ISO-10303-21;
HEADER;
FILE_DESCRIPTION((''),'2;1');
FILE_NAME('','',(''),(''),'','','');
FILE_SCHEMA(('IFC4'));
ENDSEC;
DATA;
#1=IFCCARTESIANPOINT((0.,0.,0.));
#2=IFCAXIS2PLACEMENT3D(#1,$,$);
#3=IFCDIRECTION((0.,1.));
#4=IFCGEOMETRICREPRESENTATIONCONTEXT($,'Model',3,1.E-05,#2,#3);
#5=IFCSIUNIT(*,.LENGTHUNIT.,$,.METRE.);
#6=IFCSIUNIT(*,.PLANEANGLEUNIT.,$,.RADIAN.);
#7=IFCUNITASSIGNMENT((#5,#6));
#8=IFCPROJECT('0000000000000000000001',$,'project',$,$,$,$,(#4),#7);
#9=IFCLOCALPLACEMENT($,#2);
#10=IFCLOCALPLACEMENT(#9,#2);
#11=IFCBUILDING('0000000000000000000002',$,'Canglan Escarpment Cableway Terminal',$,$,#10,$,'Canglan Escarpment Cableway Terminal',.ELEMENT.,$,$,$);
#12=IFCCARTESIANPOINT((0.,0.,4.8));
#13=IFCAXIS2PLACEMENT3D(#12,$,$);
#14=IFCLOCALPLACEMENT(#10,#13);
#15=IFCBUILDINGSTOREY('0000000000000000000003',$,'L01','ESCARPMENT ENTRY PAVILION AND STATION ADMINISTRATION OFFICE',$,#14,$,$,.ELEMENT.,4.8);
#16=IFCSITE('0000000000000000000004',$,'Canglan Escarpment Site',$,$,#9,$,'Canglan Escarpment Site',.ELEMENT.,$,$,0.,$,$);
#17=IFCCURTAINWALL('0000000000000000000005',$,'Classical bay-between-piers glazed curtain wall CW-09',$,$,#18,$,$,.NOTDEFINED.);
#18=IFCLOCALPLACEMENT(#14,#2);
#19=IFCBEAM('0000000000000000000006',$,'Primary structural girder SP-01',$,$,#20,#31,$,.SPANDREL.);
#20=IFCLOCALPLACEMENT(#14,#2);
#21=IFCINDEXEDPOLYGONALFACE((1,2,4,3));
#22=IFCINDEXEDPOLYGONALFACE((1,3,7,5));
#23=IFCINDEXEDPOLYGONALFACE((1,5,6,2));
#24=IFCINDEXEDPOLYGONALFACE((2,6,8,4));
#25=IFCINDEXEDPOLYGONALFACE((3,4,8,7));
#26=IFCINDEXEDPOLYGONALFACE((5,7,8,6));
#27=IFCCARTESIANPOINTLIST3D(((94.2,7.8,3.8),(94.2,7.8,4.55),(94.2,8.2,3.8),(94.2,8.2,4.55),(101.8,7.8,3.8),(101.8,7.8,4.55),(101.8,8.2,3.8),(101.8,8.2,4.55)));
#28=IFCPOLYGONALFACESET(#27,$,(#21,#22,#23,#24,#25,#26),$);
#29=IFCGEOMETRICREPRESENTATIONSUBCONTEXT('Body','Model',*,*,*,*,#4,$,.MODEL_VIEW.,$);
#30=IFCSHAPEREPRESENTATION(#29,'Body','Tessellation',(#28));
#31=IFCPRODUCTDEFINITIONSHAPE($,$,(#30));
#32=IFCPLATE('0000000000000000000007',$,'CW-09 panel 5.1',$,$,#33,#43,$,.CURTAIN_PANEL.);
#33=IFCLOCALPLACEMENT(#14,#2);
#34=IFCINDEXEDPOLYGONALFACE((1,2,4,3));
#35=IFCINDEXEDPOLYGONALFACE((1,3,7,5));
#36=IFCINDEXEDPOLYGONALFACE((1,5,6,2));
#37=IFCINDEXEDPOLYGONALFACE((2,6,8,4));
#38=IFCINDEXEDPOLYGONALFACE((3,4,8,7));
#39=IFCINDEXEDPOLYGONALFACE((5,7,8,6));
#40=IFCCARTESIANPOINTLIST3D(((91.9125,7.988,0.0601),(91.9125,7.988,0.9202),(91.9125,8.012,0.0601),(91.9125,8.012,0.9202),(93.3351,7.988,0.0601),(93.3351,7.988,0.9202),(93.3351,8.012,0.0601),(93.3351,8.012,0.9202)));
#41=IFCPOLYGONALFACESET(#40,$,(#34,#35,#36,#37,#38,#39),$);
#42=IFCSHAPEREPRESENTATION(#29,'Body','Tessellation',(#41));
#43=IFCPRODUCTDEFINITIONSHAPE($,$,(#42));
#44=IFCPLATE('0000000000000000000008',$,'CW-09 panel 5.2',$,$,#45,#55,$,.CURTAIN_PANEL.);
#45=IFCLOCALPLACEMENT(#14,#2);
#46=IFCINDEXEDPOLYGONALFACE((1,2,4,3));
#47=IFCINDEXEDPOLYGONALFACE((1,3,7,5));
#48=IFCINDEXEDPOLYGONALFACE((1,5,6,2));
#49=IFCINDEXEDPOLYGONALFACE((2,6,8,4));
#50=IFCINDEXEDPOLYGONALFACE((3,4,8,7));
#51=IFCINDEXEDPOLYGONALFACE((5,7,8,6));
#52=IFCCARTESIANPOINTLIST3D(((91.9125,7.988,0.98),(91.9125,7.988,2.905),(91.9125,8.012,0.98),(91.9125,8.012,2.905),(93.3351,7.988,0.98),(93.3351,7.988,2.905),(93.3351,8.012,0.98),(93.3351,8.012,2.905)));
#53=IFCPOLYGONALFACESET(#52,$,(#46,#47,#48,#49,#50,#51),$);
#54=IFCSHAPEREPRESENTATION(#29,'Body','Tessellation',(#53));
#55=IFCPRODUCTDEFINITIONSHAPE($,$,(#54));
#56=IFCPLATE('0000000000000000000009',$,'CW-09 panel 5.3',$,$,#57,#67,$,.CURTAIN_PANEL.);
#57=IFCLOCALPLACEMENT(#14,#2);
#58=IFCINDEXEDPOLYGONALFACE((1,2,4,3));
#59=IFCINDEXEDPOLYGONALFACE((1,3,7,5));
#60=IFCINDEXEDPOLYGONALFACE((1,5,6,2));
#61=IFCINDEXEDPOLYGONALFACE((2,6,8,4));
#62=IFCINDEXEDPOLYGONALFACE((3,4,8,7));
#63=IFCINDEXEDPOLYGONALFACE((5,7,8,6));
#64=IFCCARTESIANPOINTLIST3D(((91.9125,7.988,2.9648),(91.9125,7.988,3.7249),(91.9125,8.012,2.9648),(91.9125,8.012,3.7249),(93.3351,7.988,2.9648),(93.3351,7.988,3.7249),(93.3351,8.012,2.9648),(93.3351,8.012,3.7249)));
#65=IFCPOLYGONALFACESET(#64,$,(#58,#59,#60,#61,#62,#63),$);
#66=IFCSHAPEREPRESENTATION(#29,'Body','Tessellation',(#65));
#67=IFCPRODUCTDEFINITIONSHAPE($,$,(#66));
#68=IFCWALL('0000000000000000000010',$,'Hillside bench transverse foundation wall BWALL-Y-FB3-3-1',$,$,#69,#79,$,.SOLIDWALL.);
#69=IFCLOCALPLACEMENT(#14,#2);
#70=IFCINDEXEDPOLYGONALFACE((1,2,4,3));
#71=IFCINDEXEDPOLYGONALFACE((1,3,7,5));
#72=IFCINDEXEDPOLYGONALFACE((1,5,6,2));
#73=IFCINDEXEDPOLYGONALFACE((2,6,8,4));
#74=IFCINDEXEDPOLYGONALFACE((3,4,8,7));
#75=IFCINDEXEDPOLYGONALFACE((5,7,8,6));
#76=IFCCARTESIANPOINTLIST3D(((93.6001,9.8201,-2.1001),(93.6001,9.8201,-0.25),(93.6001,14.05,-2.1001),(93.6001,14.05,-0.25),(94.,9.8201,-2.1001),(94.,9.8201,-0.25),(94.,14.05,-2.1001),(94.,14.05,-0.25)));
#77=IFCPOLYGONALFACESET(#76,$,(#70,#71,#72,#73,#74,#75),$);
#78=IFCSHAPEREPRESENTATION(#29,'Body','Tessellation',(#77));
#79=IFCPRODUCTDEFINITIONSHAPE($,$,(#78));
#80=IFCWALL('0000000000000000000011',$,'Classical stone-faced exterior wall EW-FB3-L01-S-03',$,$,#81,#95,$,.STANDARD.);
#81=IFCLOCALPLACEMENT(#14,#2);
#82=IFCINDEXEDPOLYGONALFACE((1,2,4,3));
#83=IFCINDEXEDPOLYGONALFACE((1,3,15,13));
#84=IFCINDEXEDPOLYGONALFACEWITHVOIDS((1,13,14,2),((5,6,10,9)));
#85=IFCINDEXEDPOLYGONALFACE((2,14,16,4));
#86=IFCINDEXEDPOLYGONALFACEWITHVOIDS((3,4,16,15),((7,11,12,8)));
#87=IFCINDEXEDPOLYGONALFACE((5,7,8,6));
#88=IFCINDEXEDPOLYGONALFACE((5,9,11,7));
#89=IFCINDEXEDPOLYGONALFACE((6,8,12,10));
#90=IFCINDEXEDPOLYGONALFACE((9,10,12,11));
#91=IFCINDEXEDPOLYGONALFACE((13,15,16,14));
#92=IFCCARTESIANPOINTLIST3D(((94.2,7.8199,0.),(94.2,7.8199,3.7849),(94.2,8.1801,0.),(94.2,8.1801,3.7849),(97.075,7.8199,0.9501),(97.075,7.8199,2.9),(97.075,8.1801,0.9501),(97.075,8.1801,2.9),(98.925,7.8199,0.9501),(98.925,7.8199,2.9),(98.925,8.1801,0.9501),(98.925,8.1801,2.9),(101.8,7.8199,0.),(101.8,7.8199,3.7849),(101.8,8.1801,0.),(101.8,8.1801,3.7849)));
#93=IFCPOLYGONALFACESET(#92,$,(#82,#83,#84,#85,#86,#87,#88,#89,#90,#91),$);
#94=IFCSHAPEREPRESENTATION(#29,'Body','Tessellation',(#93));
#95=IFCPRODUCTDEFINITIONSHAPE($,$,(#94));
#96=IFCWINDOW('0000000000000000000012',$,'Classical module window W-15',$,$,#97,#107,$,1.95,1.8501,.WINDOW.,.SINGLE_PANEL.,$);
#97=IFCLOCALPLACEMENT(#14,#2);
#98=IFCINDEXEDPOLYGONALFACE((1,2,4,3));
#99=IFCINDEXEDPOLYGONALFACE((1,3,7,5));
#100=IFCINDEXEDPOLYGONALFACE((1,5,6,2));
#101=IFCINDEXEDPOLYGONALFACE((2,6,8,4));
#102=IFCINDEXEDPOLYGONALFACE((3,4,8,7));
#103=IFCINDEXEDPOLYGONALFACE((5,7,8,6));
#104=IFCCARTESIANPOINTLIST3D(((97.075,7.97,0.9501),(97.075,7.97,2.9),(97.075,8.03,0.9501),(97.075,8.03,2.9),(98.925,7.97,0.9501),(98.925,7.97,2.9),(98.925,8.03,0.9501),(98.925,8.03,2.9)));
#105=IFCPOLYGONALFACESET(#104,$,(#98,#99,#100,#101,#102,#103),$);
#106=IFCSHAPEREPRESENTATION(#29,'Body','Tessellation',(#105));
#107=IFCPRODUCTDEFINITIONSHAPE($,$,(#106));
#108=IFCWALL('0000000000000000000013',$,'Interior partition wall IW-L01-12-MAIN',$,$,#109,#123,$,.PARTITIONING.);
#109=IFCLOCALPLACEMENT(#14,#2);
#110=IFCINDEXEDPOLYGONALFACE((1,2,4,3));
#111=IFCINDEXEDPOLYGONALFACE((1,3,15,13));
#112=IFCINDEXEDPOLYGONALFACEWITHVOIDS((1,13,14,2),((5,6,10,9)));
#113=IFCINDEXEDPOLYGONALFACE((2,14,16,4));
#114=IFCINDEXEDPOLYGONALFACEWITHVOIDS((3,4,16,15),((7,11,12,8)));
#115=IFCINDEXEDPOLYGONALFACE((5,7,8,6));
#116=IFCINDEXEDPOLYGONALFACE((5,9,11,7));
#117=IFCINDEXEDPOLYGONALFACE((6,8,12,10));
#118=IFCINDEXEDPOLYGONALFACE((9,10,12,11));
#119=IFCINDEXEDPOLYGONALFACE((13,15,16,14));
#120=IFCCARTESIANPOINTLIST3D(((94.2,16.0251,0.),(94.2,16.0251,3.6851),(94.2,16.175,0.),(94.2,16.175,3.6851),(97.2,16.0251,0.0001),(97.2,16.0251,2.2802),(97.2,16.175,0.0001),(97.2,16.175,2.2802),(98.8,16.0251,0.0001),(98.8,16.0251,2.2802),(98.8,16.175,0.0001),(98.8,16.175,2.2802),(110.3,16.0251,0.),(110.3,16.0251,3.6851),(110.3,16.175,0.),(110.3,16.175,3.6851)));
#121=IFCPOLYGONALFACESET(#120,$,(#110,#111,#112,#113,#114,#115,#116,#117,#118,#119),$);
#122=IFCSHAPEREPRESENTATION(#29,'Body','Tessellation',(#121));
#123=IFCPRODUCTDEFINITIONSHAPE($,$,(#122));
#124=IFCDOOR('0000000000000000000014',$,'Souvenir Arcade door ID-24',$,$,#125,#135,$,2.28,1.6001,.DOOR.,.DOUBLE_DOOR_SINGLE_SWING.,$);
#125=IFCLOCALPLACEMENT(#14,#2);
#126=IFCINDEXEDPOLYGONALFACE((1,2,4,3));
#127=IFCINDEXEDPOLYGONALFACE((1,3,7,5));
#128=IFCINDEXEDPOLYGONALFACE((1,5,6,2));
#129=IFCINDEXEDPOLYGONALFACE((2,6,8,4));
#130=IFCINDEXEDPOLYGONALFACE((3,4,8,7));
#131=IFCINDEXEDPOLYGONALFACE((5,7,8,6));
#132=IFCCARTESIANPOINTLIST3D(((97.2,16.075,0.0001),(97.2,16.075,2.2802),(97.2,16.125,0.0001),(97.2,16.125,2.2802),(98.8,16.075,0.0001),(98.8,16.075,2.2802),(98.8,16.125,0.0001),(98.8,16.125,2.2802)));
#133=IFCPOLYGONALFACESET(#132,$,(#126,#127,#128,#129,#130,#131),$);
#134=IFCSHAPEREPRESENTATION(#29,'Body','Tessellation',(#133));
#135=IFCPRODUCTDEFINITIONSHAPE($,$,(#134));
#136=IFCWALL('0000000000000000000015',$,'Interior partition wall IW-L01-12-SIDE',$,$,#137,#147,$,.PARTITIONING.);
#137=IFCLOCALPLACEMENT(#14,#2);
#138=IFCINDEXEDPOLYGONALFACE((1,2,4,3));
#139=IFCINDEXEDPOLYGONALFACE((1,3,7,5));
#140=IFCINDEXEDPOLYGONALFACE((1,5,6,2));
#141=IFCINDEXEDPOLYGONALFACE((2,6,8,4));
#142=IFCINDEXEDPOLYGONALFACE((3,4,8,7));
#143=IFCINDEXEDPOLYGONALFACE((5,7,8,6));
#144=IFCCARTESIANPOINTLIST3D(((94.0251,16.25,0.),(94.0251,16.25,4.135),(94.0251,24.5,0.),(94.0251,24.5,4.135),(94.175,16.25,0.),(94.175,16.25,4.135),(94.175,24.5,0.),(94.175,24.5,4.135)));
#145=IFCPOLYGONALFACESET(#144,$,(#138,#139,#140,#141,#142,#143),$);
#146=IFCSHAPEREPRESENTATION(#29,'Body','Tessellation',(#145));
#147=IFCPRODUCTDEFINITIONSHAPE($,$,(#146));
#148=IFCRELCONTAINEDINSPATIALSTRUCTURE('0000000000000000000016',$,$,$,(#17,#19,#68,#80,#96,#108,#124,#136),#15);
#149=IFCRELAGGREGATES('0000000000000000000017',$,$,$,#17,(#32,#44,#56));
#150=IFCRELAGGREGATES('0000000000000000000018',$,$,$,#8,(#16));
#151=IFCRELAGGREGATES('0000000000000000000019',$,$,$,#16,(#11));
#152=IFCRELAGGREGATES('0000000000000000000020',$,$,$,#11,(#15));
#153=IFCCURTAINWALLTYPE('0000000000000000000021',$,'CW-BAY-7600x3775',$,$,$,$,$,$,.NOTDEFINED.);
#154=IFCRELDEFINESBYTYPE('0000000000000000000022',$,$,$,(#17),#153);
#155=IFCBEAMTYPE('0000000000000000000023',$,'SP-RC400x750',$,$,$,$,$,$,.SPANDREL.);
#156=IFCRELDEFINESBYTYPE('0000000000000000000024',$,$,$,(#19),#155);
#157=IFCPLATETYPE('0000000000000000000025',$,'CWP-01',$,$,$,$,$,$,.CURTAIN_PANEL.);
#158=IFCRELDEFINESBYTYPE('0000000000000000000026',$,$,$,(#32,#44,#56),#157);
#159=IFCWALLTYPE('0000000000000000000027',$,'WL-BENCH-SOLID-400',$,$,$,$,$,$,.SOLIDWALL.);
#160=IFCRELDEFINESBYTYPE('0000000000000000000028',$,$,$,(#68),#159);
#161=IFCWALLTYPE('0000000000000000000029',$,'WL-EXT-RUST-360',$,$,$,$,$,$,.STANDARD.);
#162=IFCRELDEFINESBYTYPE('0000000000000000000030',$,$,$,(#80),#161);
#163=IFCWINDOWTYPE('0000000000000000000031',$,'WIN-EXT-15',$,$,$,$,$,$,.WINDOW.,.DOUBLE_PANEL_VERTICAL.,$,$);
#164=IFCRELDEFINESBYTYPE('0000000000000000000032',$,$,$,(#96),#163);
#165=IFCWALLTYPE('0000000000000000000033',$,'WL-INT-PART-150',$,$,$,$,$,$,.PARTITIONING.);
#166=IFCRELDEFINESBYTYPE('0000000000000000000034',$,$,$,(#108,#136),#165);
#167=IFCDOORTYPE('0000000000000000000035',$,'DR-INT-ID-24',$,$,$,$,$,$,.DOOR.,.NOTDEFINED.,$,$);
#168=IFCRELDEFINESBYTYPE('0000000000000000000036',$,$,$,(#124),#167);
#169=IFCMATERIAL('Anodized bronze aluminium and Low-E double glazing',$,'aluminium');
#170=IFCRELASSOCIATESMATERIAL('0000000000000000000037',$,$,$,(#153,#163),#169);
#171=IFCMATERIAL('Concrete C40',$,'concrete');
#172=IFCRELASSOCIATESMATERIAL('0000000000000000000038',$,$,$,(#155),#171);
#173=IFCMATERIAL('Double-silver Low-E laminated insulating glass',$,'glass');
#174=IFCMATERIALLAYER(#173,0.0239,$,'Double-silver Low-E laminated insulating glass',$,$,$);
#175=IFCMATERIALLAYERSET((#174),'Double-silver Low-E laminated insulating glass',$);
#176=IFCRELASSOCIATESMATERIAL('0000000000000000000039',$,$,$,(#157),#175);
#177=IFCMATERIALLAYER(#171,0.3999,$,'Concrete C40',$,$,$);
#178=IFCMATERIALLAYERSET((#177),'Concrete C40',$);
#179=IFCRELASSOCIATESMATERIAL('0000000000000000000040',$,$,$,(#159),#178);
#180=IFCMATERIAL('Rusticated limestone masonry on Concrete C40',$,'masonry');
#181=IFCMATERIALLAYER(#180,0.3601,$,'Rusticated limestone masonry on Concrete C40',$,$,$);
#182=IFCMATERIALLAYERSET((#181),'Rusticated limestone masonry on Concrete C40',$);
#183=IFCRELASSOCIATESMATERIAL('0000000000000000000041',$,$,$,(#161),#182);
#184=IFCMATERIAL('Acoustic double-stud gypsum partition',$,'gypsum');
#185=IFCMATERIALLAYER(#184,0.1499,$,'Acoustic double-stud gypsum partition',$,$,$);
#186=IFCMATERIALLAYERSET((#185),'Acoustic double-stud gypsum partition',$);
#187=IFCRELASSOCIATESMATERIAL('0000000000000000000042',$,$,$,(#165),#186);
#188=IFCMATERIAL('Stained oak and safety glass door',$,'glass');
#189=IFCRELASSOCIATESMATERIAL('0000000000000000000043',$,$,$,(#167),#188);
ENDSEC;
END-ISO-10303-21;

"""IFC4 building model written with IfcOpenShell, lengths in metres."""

from ifc_helpers import new_model, si_unit, direction, frame, frame_2d, origin, origin_2d, place, context, subcontext, project, spatial, rectangle, extrude, material, layer, layer_set, material_profile, profile_set, type_object, element, fill, aggregate, save


model = new_model("IFC4")

# Units and contexts
model_context = context("Model", 3, precision=1e-05, world=origin(), true_north=direction((0.0, 1.0)))
body_context = subcontext(model_context, "Body", "Model", "MODEL_VIEW")
ifc_project = project(units=[si_unit("LENGTHUNIT", "METRE"), si_unit("PLANEANGLEUNIT", "RADIAN")], contexts=[model_context])

# Site, building, storey
site_placement = place(None, origin())
site = spatial("IfcSite", under=ifc_project, at=site_placement, Name="Canglan Escarpment Site", LongName="Canglan Escarpment Site", CompositionType="ELEMENT", RefElevation=0.0)
building_placement = place(site_placement, origin())
building = spatial("IfcBuilding", under=site, at=building_placement, Name="Canglan Escarpment Cableway Terminal", LongName="Canglan Escarpment Cableway Terminal", CompositionType="ELEMENT")
storey_placement = place(building_placement, frame((0.0, 0.0, 4.8)))
storey = spatial("IfcBuildingStorey", under=building, at=storey_placement, Name="L01", Description="ESCARPMENT ENTRY PAVILION AND STATION ADMINISTRATION OFFICE", CompositionType="ELEMENT", Elevation=4.8)

# Shared definitions
ifc_material_1 = material(Name="Concrete C40", Category="concrete")

# Curtain wall
ifc_material_2 = material(Name="Anodized bronze aluminium and Low-E double glazing", Category="aluminium")
curtain_wall_type = type_object("IfcCurtainWallType", Name="CW-BAY-7600x3775", PredefinedType="NOTDEFINED", material=ifc_material_2)
curtain_wall_placement = place(storey_placement, origin())
curtain_wall = element("IfcCurtainWall", 1, at=curtain_wall_placement, inside=storey, type_object=curtain_wall_type, Name="Classical bay-between-piers glazed curtain wall CW-09", PredefinedType="NOTDEFINED")

# Beam
ifc_material_profile_1 = material_profile(ifc_material_1, rectangle(XDim=0.3999, YDim=0.75, at=origin_2d()), Name="RC 400x750")
ifc_profile_set_1 = profile_set([ifc_material_profile_1], Name="Concrete C40")
beam_type = type_object("IfcBeamType", Name="SP-RC400x750", PredefinedType="SPANDREL", material=ifc_profile_set_1)
beam_placement = place(storey_placement, frame((94.2, 8.0, 4.175), z_axis=(1.0, 0.0, 0.0), x_axis=(0.0, 1.0, 0.0)))
element("IfcBeam", 2, at=beam_placement, inside=storey, type_object=beam_type, Name="Primary structural girder SP-01", PredefinedType="SPANDREL", context=body_context, shape_type="SweptSolid", body=[
    extrude(rectangle(XDim=0.3999, YDim=0.75, at=origin_2d()), origin(), (0.0, 0.0, 1.0), 7.6001),
])

# Plates
ifc_material_3 = material(Name="Double-silver Low-E laminated insulating glass", Category="glass")
ifc_layer_1 = layer(ifc_material_3, 0.0239, Name="Double-silver Low-E laminated insulating glass")
ifc_layer_set_1 = layer_set([ifc_layer_1], Name="Double-silver Low-E laminated insulating glass")
plate_type = type_object("IfcPlateType", Name="CWP-01", PredefinedType="CURTAIN_PANEL", material=ifc_layer_set_1)
plate_1_placement = place(storey_placement, frame((92.6238, 8.0, 0.0601), z_axis=(0.0, 0.0, 1.0), x_axis=(1.0, 0.0, 0.0)))
plate_1 = element("IfcPlate", 3, at=plate_1_placement, type_object=plate_type, Name="CW-09 panel 5.1", PredefinedType="CURTAIN_PANEL", context=body_context, shape_type="SweptSolid", body=[
    extrude(rectangle(XDim=1.4226, YDim=0.0239, at=origin_2d()), origin(), (0.0, 0.0, 1.0), 0.8601),
])
plate_2_placement = place(storey_placement, frame((92.6238, 8.0, 0.98), z_axis=(0.0, 0.0, 1.0), x_axis=(1.0, 0.0, 0.0)))
plate_2 = element("IfcPlate", 4, at=plate_2_placement, type_object=plate_type, Name="CW-09 panel 5.2", PredefinedType="CURTAIN_PANEL", context=body_context, shape_type="SweptSolid", body=[
    extrude(rectangle(XDim=1.4226, YDim=0.0239, at=origin_2d()), origin(), (0.0, 0.0, 1.0), 1.925),
])
plate_3_placement = place(storey_placement, frame((92.6238, 8.0, 2.9648), z_axis=(0.0, 0.0, 1.0), x_axis=(1.0, 0.0, 0.0)))
plate_3 = element("IfcPlate", 5, at=plate_3_placement, type_object=plate_type, Name="CW-09 panel 5.3", PredefinedType="CURTAIN_PANEL", context=body_context, shape_type="SweptSolid", body=[
    extrude(rectangle(XDim=1.4226, YDim=0.0239, at=origin_2d()), origin(), (0.0, 0.0, 1.0), 0.76),
])
aggregate(curtain_wall, [plate_1, plate_2, plate_3])

# Wall
ifc_layer_2 = layer(ifc_material_1, 0.3999, Name="Concrete C40")
ifc_layer_set_2 = layer_set([ifc_layer_2], Name="Concrete C40")
wall_type_1 = type_object("IfcWallType", Name="WL-BENCH-SOLID-400", PredefinedType="SOLIDWALL", material=ifc_layer_set_2)
wall_1_placement = place(storey_placement, frame((93.8, 9.8201, -2.1001), z_axis=(0.0, 0.0, 1.0), x_axis=(0.0, 1.0, 0.0)))
element("IfcWall", 6, at=wall_1_placement, inside=storey, type_object=wall_type_1, Name="Hillside bench transverse foundation wall BWALL-Y-FB3-3-1", PredefinedType="SOLIDWALL", context=body_context, shape_type="SweptSolid", body=[
    extrude(rectangle(XDim=4.23, YDim=0.3999, at=frame_2d((2.115, 0.0))), origin(), (0.0, 0.0, 1.0), 1.8501),
])

# Wall, opening, window
ifc_material_4 = material(Name="Rusticated limestone masonry on Concrete C40", Category="masonry")
ifc_layer_3 = layer(ifc_material_4, 0.3601, Name="Rusticated limestone masonry on Concrete C40")
ifc_layer_set_3 = layer_set([ifc_layer_3], Name="Rusticated limestone masonry on Concrete C40")
wall_type_2 = type_object("IfcWallType", Name="WL-EXT-RUST-360", PredefinedType="STANDARD", material=ifc_layer_set_3)
wall_2_placement = place(storey_placement, frame((94.2, 8.0, 0.0), z_axis=(0.0, 0.0, 1.0), x_axis=(1.0, 0.0, 0.0)))
wall_2 = element("IfcWall", 7, at=wall_2_placement, inside=storey, type_object=wall_type_2, Name="Classical stone-faced exterior wall EW-FB3-L01-S-03", PredefinedType="STANDARD", context=body_context, shape_type="SweptSolid", body=[
    extrude(rectangle(XDim=7.6001, YDim=0.3601, at=frame_2d((3.8, 0.0))), origin(), (0.0, 0.0, 1.0), 3.7849),
])
opening_1_placement = place(wall_2_placement, frame((2.875, 0.0, 0.95)))
opening_1 = element("IfcOpeningElement", 8, at=opening_1_placement, cuts=wall_2, PredefinedType="OPENING", context=body_context, shape_type="SweptSolid", body=[
    extrude(rectangle(XDim=1.8501, YDim=1.95, at=frame_2d((0.925, 0.9751))), frame((0.0, 0.1899, 0.0), z_axis=(0.0, -1.0, 0.0), x_axis=(1.0, 0.0, 0.0)), (0.0, 0.0, 1.0), 0.3801),
])
window_type = type_object("IfcWindowType", Name="WIN-EXT-15", PartitioningType="DOUBLE_PANEL_VERTICAL", PredefinedType="WINDOW", material=ifc_material_2)
window_placement = place(opening_1_placement, origin())
window = element("IfcWindow", 9, at=window_placement, inside=storey, type_object=window_type, Name="Classical module window W-15", OverallHeight=1.95, OverallWidth=1.8501, PartitioningType="SINGLE_PANEL", PredefinedType="WINDOW", context=body_context, shape_type="SweptSolid", body=[
    extrude(rectangle(XDim=1.8501, YDim=1.95, at=frame_2d((0.925, 0.9751))), frame((0.0, 0.03, 0.0), z_axis=(0.0, -1.0, 0.0), x_axis=(1.0, 0.0, 0.0)), (0.0, 0.0, 1.0), 0.0601),
])
fill(opening_1, window)

# Wall, opening, door
ifc_material_5 = material(Name="Acoustic double-stud gypsum partition", Category="gypsum")
ifc_layer_4 = layer(ifc_material_5, 0.1499, Name="Acoustic double-stud gypsum partition")
ifc_layer_set_4 = layer_set([ifc_layer_4], Name="Acoustic double-stud gypsum partition")
wall_type_3 = type_object("IfcWallType", Name="WL-INT-PART-150", PredefinedType="PARTITIONING", material=ifc_layer_set_4)
wall_3_placement = place(storey_placement, frame((94.2, 16.1001, 0.0), z_axis=(0.0, 0.0, 1.0), x_axis=(1.0, 0.0, 0.0)))
wall_3 = element("IfcWall", 10, at=wall_3_placement, inside=storey, type_object=wall_type_3, Name="Interior partition wall IW-L01-12-MAIN", PredefinedType="PARTITIONING", context=body_context, shape_type="SweptSolid", body=[
    extrude(rectangle(XDim=16.1001, YDim=0.1499, at=frame_2d((8.05, 0.0))), origin(), (0.0, 0.0, 1.0), 3.6851),
])
opening_2_placement = place(wall_3_placement, frame((3.0, 0.0, 0.0)))
opening_2 = element("IfcOpeningElement", 11, at=opening_2_placement, cuts=wall_3, PredefinedType="OPENING", context=body_context, shape_type="SweptSolid", body=[
    extrude(rectangle(XDim=1.6001, YDim=2.28, at=frame_2d((0.8, 1.1401))), frame((0.0, 0.085, 0.0), z_axis=(0.0, -1.0, 0.0), x_axis=(1.0, 0.0, 0.0)), (0.0, 0.0, 1.0), 0.1699),
])
ifc_material_6 = material(Name="Stained oak and safety glass door", Category="glass")
door_type = type_object("IfcDoorType", Name="DR-INT-ID-24", OperationType="NOTDEFINED", PredefinedType="DOOR", material=ifc_material_6)
door_placement = place(opening_2_placement, origin())
door = element("IfcDoor", 12, at=door_placement, inside=storey, type_object=door_type, Name="Souvenir Arcade door ID-24", OperationType="DOUBLE_DOOR_SINGLE_SWING", OverallHeight=2.28, OverallWidth=1.6001, PredefinedType="DOOR", context=body_context, shape_type="SweptSolid", body=[
    extrude(rectangle(XDim=1.6001, YDim=2.28, at=frame_2d((0.8, 1.1401))), frame((0.0, 0.0249, 0.0), z_axis=(0.0, -1.0, 0.0), x_axis=(1.0, 0.0, 0.0)), (0.0, 0.0, 1.0), 0.05),
])
fill(opening_2, door)

# Wall
wall_4_placement = place(storey_placement, frame((94.1001, 16.25, 0.0), z_axis=(0.0, 0.0, 1.0), x_axis=(0.0, 1.0, 0.0)))
element("IfcWall", 13, at=wall_4_placement, inside=storey, type_object=wall_type_3, Name="Interior partition wall IW-L01-12-SIDE", PredefinedType="PARTITIONING", context=body_context, shape_type="SweptSolid", body=[
    extrude(rectangle(XDim=8.25, YDim=0.1499, at=frame_2d((4.125, 0.0))), origin(), (0.0, 0.0, 1.0), 4.135),
])

save(model, "model.ifc")
